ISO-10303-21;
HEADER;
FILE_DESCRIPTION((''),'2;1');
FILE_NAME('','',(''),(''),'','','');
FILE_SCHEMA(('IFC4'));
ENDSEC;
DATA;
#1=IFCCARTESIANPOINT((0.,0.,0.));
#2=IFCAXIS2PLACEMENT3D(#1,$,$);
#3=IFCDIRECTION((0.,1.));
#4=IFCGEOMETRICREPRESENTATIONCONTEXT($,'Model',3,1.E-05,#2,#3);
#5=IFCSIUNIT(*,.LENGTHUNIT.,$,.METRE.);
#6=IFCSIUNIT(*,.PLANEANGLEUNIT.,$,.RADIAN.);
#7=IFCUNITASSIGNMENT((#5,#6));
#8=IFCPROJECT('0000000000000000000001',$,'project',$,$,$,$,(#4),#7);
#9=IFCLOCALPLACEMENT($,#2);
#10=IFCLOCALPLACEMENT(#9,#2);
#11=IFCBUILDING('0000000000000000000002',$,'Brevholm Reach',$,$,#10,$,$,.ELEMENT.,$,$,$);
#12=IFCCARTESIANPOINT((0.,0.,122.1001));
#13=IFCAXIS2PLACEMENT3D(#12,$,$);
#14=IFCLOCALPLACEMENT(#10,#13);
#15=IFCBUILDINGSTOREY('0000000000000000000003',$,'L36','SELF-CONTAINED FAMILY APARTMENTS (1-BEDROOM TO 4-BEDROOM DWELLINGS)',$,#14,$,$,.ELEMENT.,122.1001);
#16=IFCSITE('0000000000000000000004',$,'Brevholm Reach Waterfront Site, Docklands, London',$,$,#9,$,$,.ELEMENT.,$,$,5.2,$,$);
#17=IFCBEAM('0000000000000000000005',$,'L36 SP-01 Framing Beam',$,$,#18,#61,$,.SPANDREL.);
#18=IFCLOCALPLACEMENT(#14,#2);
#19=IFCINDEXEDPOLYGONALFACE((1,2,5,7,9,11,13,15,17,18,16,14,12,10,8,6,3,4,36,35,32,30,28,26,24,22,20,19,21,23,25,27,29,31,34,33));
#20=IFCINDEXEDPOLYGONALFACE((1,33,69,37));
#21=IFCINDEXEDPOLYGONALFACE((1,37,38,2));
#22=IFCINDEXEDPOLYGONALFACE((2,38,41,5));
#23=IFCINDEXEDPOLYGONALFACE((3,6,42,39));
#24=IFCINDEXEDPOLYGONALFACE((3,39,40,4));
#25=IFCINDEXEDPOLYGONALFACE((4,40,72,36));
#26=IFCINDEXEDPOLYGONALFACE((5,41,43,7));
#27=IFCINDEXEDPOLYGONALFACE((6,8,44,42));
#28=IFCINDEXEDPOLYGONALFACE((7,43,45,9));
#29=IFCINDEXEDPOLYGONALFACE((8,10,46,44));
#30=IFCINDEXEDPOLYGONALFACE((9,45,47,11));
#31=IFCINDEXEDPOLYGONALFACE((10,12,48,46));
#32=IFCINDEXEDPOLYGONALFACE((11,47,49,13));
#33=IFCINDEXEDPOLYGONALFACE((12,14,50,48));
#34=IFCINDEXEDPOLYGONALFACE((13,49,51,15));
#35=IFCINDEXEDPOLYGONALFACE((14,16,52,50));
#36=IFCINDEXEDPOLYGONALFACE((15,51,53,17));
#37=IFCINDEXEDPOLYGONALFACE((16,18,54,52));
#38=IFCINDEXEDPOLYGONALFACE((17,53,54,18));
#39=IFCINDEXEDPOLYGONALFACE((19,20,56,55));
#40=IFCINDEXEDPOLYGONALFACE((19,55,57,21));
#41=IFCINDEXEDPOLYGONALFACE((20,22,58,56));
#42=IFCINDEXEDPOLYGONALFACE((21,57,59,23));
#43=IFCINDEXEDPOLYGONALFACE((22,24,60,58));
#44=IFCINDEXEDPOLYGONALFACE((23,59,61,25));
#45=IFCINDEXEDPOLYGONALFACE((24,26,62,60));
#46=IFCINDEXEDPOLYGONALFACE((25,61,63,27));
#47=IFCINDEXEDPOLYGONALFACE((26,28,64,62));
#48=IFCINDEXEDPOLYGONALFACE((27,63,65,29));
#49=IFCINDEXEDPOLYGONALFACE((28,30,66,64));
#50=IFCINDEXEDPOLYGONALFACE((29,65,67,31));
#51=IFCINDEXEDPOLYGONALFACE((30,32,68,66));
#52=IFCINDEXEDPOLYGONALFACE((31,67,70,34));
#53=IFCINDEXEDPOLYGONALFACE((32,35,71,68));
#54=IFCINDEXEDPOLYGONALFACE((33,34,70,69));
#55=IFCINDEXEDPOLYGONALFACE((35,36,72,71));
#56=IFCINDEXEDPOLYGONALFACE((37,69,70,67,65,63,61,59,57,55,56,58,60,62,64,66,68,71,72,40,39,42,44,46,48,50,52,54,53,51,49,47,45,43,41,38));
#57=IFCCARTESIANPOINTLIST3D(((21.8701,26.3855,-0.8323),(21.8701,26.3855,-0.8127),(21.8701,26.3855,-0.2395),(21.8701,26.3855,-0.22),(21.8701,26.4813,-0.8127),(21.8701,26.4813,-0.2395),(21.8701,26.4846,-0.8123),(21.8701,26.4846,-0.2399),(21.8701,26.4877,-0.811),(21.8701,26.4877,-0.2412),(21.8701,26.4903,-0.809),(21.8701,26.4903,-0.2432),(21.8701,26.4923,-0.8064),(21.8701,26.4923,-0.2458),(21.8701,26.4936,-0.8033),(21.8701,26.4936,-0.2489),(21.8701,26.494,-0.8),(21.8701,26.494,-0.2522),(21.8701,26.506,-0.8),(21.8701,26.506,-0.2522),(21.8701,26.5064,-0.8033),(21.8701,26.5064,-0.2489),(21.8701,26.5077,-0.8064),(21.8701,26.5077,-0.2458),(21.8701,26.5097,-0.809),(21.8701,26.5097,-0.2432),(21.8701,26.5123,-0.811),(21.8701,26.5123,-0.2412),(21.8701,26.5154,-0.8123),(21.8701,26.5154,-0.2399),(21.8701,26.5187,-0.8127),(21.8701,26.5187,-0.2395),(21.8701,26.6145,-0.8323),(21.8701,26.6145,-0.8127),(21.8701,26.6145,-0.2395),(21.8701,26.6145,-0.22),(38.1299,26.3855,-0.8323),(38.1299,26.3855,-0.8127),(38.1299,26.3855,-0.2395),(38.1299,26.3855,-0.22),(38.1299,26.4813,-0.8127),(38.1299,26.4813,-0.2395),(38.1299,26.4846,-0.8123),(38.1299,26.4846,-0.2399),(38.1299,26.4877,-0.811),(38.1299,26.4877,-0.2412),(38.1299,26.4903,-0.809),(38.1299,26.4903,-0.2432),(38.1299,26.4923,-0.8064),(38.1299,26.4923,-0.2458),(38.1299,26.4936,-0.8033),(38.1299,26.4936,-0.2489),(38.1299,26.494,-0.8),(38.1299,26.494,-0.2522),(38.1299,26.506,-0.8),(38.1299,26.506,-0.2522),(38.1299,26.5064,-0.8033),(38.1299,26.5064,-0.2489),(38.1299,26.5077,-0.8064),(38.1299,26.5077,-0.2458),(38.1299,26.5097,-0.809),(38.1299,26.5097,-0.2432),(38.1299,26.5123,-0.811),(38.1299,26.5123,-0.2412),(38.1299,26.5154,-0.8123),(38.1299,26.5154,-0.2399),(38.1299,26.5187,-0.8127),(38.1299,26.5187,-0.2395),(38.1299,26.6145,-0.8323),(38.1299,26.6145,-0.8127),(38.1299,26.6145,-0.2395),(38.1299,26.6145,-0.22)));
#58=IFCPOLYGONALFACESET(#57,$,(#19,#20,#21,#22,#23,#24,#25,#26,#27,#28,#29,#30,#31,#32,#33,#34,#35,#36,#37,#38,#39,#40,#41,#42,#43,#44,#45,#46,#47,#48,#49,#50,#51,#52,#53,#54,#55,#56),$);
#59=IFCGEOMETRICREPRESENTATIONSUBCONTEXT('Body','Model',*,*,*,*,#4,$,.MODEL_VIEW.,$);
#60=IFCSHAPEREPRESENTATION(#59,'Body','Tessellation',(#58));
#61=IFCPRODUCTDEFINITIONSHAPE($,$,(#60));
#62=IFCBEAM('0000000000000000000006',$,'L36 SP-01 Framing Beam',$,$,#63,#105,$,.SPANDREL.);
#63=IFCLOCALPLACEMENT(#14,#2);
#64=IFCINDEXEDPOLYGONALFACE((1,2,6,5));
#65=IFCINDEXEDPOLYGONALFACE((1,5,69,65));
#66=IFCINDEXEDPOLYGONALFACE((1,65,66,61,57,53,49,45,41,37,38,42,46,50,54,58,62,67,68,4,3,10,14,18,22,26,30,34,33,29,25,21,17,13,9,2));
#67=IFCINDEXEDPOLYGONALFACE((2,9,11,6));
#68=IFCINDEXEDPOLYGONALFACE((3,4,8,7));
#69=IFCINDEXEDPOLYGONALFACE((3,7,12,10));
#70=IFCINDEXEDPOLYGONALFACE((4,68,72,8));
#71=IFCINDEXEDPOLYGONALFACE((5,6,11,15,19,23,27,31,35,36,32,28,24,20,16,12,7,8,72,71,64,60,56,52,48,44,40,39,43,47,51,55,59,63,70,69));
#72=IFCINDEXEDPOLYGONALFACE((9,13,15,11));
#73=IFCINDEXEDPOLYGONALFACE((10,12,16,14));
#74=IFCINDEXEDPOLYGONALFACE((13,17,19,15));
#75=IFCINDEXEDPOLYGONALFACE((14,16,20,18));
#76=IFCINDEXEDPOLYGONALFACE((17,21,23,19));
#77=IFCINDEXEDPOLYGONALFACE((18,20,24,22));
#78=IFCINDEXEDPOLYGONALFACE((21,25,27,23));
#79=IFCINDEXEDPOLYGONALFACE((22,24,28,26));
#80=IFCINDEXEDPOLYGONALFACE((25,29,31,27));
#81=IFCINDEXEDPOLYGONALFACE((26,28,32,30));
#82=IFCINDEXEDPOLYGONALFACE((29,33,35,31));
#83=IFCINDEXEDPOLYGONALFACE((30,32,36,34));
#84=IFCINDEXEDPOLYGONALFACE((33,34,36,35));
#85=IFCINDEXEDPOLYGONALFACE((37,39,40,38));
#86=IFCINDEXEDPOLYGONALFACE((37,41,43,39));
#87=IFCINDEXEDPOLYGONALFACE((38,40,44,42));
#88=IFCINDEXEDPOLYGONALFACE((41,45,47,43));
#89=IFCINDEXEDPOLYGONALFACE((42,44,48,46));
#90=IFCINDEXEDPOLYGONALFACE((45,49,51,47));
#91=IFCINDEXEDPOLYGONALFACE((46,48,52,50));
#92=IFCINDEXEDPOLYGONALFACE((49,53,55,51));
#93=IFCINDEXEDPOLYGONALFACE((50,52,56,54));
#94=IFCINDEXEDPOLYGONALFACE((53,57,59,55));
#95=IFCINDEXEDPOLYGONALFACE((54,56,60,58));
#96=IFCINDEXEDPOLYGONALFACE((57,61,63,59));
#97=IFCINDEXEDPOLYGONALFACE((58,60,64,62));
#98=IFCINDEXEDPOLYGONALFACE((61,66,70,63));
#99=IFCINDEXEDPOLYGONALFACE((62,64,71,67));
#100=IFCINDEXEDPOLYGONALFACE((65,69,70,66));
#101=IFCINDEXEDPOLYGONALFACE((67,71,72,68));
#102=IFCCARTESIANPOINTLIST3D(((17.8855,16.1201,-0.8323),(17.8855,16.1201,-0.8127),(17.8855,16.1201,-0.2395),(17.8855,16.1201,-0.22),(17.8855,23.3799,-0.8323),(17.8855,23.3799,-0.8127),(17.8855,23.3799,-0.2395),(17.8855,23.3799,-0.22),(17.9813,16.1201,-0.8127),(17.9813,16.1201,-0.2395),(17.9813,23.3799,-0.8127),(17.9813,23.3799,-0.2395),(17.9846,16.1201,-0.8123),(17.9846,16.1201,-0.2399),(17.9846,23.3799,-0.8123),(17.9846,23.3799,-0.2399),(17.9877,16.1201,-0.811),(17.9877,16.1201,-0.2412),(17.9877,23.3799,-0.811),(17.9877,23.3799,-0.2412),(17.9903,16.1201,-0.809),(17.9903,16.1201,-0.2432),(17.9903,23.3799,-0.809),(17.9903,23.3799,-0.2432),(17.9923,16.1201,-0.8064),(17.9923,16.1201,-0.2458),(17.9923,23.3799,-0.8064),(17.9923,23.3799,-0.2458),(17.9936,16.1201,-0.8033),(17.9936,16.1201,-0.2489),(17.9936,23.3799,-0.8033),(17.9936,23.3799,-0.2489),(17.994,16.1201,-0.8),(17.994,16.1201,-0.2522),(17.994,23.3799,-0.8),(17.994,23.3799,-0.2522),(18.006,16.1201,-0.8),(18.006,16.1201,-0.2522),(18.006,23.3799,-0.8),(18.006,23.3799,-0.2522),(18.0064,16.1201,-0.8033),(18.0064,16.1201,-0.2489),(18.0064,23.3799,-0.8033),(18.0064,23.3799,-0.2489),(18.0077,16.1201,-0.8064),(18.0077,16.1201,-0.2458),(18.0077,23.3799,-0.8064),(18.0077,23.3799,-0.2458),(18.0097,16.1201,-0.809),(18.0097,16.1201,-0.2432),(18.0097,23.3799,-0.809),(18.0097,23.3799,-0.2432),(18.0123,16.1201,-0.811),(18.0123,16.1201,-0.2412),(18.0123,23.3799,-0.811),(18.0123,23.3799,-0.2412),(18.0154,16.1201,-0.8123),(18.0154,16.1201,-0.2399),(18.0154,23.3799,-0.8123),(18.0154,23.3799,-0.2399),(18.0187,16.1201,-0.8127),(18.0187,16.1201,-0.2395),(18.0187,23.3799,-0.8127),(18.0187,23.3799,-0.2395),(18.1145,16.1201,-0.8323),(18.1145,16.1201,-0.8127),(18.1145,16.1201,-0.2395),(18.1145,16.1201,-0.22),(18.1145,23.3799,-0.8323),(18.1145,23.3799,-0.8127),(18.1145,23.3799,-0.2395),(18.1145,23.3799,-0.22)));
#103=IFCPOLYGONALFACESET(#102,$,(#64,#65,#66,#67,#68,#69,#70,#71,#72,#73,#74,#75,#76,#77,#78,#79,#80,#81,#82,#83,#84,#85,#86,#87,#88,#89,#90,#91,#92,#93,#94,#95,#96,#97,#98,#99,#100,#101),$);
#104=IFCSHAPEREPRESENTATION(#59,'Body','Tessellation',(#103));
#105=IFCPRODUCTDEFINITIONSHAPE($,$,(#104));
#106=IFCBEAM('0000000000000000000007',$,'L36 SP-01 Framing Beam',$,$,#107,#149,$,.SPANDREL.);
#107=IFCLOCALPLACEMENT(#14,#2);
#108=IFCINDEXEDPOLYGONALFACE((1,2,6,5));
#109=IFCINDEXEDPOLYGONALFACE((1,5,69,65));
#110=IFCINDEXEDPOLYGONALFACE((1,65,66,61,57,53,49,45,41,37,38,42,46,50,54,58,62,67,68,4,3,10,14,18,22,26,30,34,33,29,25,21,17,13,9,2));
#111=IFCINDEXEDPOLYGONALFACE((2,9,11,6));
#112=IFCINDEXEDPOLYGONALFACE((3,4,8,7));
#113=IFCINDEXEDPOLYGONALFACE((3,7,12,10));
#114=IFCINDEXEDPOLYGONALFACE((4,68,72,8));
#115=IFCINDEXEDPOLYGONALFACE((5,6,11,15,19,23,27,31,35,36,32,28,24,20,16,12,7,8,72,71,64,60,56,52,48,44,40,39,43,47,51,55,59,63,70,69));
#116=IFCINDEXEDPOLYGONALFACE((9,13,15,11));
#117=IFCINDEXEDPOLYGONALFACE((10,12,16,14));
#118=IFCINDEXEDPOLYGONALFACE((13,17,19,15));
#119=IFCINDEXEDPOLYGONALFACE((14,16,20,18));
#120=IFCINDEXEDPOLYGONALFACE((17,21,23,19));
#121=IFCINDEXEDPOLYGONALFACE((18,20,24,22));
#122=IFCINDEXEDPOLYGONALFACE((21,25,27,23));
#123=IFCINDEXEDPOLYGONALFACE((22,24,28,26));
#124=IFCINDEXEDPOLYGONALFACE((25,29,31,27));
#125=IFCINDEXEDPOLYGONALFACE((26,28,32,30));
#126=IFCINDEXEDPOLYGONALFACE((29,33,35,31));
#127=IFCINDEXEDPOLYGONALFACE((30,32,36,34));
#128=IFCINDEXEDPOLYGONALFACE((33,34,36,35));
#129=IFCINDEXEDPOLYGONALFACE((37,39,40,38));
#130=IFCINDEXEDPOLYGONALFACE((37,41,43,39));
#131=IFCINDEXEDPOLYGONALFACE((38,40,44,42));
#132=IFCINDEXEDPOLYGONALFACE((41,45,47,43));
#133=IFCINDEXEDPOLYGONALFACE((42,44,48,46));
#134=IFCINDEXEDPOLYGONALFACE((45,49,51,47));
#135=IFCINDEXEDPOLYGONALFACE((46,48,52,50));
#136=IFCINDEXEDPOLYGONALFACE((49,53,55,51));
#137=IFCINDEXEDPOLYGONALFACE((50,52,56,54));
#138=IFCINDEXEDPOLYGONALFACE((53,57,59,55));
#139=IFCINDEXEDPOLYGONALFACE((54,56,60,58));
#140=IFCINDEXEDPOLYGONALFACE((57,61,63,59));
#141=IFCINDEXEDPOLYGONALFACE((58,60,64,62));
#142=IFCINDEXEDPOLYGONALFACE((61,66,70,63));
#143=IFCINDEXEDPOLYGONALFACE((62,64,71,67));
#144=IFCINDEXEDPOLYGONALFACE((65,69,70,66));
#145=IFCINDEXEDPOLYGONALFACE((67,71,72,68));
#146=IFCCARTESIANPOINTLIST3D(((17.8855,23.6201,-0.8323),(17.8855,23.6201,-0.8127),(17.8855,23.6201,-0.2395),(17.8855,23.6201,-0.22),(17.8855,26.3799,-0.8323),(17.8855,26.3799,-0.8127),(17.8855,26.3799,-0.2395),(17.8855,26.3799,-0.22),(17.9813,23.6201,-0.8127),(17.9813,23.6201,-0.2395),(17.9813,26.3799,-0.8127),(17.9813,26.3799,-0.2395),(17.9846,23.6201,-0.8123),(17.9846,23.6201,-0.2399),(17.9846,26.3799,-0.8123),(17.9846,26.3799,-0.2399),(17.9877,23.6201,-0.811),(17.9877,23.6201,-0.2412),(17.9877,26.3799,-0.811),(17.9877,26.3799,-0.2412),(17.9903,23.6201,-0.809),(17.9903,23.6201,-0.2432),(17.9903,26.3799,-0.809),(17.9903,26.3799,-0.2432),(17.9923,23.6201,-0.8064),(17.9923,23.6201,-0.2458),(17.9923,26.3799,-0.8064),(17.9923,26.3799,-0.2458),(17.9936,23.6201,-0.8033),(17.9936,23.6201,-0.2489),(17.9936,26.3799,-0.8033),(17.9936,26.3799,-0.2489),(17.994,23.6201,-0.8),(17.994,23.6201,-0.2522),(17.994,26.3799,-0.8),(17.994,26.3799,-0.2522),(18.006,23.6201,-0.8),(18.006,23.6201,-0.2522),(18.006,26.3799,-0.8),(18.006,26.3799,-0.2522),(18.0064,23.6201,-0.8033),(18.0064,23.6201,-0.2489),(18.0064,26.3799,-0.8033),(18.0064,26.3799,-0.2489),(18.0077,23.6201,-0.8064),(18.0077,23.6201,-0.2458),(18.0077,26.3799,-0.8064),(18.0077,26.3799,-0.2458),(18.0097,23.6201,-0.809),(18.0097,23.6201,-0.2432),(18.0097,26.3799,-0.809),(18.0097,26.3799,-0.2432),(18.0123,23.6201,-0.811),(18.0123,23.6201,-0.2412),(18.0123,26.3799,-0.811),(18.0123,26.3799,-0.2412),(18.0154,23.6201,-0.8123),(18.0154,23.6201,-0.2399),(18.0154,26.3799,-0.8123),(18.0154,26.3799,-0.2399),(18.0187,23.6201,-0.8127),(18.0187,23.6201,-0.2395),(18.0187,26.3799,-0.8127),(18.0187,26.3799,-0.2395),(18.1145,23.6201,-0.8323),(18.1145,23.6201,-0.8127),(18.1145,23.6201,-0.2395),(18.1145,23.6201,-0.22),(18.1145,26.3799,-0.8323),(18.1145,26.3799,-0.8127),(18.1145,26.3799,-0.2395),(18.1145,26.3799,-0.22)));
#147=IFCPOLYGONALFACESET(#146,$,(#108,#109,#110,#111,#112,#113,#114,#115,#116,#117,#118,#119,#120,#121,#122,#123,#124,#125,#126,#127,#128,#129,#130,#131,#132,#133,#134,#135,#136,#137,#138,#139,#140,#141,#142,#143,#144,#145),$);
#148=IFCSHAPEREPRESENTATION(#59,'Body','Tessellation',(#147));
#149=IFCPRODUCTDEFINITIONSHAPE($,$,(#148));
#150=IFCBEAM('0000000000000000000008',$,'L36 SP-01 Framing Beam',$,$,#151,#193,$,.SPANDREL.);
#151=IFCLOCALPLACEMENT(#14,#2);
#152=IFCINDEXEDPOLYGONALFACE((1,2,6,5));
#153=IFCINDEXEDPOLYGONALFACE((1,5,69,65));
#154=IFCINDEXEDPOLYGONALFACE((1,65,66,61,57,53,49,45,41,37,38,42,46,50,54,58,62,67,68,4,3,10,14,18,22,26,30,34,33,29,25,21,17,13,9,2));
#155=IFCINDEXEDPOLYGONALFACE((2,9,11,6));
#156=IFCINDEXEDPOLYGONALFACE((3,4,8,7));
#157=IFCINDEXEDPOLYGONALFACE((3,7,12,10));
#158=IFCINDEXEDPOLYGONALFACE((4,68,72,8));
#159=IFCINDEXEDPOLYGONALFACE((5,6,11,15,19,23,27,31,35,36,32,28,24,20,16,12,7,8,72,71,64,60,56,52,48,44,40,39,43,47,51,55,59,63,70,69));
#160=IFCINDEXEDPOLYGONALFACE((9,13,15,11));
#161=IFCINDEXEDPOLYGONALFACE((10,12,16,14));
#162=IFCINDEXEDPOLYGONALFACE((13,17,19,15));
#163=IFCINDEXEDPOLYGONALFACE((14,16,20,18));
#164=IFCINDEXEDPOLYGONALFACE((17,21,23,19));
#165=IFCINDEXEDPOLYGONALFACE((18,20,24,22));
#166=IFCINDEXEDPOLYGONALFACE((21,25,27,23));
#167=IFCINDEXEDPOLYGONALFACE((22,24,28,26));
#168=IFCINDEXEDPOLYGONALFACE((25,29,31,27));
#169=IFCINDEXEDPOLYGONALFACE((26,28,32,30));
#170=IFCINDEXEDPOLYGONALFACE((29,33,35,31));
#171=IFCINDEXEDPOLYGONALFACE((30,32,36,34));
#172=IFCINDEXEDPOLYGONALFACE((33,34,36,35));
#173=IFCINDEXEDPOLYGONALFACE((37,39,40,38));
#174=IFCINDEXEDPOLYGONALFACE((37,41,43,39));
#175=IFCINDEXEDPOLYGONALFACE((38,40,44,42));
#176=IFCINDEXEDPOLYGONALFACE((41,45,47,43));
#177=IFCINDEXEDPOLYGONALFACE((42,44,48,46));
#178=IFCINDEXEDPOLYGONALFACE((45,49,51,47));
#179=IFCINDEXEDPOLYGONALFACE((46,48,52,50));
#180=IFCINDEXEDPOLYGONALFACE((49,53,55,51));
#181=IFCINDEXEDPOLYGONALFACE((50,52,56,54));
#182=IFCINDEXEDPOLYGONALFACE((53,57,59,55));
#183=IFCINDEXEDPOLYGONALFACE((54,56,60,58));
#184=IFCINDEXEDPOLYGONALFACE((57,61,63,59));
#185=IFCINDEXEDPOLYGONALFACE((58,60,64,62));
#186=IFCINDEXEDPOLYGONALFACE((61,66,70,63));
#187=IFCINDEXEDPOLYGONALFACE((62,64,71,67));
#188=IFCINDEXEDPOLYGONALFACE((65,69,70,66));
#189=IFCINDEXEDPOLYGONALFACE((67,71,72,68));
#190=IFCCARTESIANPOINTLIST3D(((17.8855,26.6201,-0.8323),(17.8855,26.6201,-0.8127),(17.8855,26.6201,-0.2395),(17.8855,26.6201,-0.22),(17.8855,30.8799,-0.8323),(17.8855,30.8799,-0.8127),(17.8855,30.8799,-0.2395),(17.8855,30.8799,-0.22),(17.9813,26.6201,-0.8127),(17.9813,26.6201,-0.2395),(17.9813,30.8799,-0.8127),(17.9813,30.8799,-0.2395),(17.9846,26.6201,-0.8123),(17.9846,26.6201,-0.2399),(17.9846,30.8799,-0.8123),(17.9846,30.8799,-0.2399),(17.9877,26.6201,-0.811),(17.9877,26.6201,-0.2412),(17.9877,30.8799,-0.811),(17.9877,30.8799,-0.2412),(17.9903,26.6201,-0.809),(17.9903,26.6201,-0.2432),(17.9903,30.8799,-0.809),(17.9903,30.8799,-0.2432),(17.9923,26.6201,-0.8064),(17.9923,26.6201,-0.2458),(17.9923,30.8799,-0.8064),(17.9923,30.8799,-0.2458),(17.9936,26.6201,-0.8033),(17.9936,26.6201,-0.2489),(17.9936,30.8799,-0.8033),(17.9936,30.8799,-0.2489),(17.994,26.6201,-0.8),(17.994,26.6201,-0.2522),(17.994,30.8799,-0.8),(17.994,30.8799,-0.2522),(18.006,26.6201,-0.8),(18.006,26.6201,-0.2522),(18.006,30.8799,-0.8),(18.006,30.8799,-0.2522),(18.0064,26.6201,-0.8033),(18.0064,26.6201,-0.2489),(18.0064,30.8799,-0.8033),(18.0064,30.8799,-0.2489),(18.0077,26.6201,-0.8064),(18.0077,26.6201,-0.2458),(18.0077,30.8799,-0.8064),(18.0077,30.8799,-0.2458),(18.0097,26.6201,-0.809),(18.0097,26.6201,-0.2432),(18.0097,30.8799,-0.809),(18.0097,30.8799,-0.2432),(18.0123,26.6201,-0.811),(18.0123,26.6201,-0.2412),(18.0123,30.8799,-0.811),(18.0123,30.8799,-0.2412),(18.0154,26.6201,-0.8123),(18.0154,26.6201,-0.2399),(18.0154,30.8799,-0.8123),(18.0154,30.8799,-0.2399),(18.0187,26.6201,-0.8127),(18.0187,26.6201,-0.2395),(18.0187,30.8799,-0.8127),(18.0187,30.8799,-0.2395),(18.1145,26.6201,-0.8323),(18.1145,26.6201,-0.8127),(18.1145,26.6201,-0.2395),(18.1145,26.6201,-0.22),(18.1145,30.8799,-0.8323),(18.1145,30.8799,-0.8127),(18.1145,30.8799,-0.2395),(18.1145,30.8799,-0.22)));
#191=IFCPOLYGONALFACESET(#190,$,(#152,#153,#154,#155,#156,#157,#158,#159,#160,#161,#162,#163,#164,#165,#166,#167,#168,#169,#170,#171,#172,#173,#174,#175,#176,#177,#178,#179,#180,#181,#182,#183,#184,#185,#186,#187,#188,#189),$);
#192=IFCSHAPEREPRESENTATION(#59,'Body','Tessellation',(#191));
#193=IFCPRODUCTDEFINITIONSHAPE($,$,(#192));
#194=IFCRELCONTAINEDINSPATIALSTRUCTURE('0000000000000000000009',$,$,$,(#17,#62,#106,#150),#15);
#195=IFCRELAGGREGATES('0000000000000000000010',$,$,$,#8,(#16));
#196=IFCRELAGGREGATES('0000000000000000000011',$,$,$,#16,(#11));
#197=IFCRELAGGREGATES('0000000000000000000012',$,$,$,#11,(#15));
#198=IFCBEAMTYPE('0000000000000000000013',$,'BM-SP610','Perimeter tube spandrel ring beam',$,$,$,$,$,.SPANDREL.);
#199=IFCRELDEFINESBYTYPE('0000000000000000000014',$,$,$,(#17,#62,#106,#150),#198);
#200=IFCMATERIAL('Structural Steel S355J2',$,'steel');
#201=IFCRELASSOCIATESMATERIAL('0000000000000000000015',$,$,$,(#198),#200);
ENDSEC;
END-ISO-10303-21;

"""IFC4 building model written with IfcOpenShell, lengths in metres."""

from ifc_helpers import new_model, si_unit, direction, frame, origin, origin_2d, place, context, subcontext, project, spatial, i_section, extrude, material, material_profile, profile_set, type_object, element, save


model = new_model("IFC4")

# Units and contexts
model_context = context("Model", 3, precision=1e-05, world=origin(), true_north=direction((0.0, 1.0)))
body_context = subcontext(model_context, "Body", "Model", "MODEL_VIEW")
ifc_project = project(units=[si_unit("LENGTHUNIT", "METRE"), si_unit("PLANEANGLEUNIT", "RADIAN")], contexts=[model_context])

# Site, building, storey
site_placement = place(None, origin())
site = spatial("IfcSite", under=ifc_project, at=site_placement, Name="Brevholm Reach Waterfront Site, Docklands, London", CompositionType="ELEMENT", RefElevation=5.2)
building_placement = place(site_placement, origin())
building = spatial("IfcBuilding", under=site, at=building_placement, Name="Brevholm Reach", CompositionType="ELEMENT")
storey_placement = place(building_placement, frame((0.0, 0.0, 122.1001)))
storey = spatial("IfcBuildingStorey", under=building, at=storey_placement, Name="L36", Description="SELF-CONTAINED FAMILY APARTMENTS (1-BEDROOM TO 4-BEDROOM DWELLINGS)", CompositionType="ELEMENT", Elevation=122.1001)

# Beams
ifc_material_1 = material(Name="Structural Steel S355J2", Category="steel")
ifc_material_profile_1 = material_profile(ifc_material_1, i_section(OverallWidth=0.229, OverallDepth=0.6123, WebThickness=0.012, FlangeThickness=0.0195, FilletRadius=0.0127, at=origin_2d()), Name="UKB 610x229x125")
ifc_profile_set_1 = profile_set([ifc_material_profile_1], Name="Structural Steel S355J2")
beam_type_1 = type_object("IfcBeamType", Name="BM-SP610", Description="Perimeter tube spandrel ring beam", PredefinedType="SPANDREL", material=ifc_profile_set_1)
beam_1_placement = place(storey_placement, frame((21.8701, 26.5, -0.5261), z_axis=(1.0, 0.0, 0.0), x_axis=(0.0, 1.0, 0.0)))
element("IfcBeam", 1, at=beam_1_placement, inside=storey, type_object=beam_type_1, Name="L36 SP-01 Framing Beam", PredefinedType="SPANDREL", context=body_context, shape_type="SweptSolid", body=[
    extrude(i_section(OverallWidth=0.229, OverallDepth=0.6123, WebThickness=0.012, FlangeThickness=0.0195, FilletRadius=0.0127, at=origin_2d()), origin(), (0.0, 0.0, 1.0), 16.2598),
])
beam_2_placement = place(storey_placement, frame((18.0, 16.1201, -0.5261), z_axis=(0.0, 1.0, 0.0), x_axis=(-1.0, 0.0, 0.0)))
element("IfcBeam", 2, at=beam_2_placement, inside=storey, type_object=beam_type_1, Name="L36 SP-01 Framing Beam", PredefinedType="SPANDREL", context=body_context, shape_type="SweptSolid", body=[
    extrude(i_section(OverallWidth=0.229, OverallDepth=0.6123, WebThickness=0.012, FlangeThickness=0.0195, FilletRadius=0.0127, at=origin_2d()), origin(), (0.0, 0.0, 1.0), 7.2598),
])
beam_3_placement = place(storey_placement, frame((18.0, 23.6201, -0.5261), z_axis=(0.0, 1.0, 0.0), x_axis=(-1.0, 0.0, 0.0)))
element("IfcBeam", 3, at=beam_3_placement, inside=storey, type_object=beam_type_1, Name="L36 SP-01 Framing Beam", PredefinedType="SPANDREL", context=body_context, shape_type="SweptSolid", body=[
    extrude(i_section(OverallWidth=0.229, OverallDepth=0.6123, WebThickness=0.012, FlangeThickness=0.0195, FilletRadius=0.0127, at=origin_2d()), origin(), (0.0, 0.0, 1.0), 2.7598),
])
beam_4_placement = place(storey_placement, frame((18.0, 26.6201, -0.5261), z_axis=(0.0, 1.0, 0.0), x_axis=(-1.0, 0.0, 0.0)))
element("IfcBeam", 4, at=beam_4_placement, inside=storey, type_object=beam_type_1, Name="L36 SP-01 Framing Beam", PredefinedType="SPANDREL", context=body_context, shape_type="SweptSolid", body=[
    extrude(i_section(OverallWidth=0.229, OverallDepth=0.6123, WebThickness=0.012, FlangeThickness=0.0195, FilletRadius=0.0127, at=origin_2d()), origin(), (0.0, 0.0, 1.0), 4.2598),
])

save(model, "model.ifc")
